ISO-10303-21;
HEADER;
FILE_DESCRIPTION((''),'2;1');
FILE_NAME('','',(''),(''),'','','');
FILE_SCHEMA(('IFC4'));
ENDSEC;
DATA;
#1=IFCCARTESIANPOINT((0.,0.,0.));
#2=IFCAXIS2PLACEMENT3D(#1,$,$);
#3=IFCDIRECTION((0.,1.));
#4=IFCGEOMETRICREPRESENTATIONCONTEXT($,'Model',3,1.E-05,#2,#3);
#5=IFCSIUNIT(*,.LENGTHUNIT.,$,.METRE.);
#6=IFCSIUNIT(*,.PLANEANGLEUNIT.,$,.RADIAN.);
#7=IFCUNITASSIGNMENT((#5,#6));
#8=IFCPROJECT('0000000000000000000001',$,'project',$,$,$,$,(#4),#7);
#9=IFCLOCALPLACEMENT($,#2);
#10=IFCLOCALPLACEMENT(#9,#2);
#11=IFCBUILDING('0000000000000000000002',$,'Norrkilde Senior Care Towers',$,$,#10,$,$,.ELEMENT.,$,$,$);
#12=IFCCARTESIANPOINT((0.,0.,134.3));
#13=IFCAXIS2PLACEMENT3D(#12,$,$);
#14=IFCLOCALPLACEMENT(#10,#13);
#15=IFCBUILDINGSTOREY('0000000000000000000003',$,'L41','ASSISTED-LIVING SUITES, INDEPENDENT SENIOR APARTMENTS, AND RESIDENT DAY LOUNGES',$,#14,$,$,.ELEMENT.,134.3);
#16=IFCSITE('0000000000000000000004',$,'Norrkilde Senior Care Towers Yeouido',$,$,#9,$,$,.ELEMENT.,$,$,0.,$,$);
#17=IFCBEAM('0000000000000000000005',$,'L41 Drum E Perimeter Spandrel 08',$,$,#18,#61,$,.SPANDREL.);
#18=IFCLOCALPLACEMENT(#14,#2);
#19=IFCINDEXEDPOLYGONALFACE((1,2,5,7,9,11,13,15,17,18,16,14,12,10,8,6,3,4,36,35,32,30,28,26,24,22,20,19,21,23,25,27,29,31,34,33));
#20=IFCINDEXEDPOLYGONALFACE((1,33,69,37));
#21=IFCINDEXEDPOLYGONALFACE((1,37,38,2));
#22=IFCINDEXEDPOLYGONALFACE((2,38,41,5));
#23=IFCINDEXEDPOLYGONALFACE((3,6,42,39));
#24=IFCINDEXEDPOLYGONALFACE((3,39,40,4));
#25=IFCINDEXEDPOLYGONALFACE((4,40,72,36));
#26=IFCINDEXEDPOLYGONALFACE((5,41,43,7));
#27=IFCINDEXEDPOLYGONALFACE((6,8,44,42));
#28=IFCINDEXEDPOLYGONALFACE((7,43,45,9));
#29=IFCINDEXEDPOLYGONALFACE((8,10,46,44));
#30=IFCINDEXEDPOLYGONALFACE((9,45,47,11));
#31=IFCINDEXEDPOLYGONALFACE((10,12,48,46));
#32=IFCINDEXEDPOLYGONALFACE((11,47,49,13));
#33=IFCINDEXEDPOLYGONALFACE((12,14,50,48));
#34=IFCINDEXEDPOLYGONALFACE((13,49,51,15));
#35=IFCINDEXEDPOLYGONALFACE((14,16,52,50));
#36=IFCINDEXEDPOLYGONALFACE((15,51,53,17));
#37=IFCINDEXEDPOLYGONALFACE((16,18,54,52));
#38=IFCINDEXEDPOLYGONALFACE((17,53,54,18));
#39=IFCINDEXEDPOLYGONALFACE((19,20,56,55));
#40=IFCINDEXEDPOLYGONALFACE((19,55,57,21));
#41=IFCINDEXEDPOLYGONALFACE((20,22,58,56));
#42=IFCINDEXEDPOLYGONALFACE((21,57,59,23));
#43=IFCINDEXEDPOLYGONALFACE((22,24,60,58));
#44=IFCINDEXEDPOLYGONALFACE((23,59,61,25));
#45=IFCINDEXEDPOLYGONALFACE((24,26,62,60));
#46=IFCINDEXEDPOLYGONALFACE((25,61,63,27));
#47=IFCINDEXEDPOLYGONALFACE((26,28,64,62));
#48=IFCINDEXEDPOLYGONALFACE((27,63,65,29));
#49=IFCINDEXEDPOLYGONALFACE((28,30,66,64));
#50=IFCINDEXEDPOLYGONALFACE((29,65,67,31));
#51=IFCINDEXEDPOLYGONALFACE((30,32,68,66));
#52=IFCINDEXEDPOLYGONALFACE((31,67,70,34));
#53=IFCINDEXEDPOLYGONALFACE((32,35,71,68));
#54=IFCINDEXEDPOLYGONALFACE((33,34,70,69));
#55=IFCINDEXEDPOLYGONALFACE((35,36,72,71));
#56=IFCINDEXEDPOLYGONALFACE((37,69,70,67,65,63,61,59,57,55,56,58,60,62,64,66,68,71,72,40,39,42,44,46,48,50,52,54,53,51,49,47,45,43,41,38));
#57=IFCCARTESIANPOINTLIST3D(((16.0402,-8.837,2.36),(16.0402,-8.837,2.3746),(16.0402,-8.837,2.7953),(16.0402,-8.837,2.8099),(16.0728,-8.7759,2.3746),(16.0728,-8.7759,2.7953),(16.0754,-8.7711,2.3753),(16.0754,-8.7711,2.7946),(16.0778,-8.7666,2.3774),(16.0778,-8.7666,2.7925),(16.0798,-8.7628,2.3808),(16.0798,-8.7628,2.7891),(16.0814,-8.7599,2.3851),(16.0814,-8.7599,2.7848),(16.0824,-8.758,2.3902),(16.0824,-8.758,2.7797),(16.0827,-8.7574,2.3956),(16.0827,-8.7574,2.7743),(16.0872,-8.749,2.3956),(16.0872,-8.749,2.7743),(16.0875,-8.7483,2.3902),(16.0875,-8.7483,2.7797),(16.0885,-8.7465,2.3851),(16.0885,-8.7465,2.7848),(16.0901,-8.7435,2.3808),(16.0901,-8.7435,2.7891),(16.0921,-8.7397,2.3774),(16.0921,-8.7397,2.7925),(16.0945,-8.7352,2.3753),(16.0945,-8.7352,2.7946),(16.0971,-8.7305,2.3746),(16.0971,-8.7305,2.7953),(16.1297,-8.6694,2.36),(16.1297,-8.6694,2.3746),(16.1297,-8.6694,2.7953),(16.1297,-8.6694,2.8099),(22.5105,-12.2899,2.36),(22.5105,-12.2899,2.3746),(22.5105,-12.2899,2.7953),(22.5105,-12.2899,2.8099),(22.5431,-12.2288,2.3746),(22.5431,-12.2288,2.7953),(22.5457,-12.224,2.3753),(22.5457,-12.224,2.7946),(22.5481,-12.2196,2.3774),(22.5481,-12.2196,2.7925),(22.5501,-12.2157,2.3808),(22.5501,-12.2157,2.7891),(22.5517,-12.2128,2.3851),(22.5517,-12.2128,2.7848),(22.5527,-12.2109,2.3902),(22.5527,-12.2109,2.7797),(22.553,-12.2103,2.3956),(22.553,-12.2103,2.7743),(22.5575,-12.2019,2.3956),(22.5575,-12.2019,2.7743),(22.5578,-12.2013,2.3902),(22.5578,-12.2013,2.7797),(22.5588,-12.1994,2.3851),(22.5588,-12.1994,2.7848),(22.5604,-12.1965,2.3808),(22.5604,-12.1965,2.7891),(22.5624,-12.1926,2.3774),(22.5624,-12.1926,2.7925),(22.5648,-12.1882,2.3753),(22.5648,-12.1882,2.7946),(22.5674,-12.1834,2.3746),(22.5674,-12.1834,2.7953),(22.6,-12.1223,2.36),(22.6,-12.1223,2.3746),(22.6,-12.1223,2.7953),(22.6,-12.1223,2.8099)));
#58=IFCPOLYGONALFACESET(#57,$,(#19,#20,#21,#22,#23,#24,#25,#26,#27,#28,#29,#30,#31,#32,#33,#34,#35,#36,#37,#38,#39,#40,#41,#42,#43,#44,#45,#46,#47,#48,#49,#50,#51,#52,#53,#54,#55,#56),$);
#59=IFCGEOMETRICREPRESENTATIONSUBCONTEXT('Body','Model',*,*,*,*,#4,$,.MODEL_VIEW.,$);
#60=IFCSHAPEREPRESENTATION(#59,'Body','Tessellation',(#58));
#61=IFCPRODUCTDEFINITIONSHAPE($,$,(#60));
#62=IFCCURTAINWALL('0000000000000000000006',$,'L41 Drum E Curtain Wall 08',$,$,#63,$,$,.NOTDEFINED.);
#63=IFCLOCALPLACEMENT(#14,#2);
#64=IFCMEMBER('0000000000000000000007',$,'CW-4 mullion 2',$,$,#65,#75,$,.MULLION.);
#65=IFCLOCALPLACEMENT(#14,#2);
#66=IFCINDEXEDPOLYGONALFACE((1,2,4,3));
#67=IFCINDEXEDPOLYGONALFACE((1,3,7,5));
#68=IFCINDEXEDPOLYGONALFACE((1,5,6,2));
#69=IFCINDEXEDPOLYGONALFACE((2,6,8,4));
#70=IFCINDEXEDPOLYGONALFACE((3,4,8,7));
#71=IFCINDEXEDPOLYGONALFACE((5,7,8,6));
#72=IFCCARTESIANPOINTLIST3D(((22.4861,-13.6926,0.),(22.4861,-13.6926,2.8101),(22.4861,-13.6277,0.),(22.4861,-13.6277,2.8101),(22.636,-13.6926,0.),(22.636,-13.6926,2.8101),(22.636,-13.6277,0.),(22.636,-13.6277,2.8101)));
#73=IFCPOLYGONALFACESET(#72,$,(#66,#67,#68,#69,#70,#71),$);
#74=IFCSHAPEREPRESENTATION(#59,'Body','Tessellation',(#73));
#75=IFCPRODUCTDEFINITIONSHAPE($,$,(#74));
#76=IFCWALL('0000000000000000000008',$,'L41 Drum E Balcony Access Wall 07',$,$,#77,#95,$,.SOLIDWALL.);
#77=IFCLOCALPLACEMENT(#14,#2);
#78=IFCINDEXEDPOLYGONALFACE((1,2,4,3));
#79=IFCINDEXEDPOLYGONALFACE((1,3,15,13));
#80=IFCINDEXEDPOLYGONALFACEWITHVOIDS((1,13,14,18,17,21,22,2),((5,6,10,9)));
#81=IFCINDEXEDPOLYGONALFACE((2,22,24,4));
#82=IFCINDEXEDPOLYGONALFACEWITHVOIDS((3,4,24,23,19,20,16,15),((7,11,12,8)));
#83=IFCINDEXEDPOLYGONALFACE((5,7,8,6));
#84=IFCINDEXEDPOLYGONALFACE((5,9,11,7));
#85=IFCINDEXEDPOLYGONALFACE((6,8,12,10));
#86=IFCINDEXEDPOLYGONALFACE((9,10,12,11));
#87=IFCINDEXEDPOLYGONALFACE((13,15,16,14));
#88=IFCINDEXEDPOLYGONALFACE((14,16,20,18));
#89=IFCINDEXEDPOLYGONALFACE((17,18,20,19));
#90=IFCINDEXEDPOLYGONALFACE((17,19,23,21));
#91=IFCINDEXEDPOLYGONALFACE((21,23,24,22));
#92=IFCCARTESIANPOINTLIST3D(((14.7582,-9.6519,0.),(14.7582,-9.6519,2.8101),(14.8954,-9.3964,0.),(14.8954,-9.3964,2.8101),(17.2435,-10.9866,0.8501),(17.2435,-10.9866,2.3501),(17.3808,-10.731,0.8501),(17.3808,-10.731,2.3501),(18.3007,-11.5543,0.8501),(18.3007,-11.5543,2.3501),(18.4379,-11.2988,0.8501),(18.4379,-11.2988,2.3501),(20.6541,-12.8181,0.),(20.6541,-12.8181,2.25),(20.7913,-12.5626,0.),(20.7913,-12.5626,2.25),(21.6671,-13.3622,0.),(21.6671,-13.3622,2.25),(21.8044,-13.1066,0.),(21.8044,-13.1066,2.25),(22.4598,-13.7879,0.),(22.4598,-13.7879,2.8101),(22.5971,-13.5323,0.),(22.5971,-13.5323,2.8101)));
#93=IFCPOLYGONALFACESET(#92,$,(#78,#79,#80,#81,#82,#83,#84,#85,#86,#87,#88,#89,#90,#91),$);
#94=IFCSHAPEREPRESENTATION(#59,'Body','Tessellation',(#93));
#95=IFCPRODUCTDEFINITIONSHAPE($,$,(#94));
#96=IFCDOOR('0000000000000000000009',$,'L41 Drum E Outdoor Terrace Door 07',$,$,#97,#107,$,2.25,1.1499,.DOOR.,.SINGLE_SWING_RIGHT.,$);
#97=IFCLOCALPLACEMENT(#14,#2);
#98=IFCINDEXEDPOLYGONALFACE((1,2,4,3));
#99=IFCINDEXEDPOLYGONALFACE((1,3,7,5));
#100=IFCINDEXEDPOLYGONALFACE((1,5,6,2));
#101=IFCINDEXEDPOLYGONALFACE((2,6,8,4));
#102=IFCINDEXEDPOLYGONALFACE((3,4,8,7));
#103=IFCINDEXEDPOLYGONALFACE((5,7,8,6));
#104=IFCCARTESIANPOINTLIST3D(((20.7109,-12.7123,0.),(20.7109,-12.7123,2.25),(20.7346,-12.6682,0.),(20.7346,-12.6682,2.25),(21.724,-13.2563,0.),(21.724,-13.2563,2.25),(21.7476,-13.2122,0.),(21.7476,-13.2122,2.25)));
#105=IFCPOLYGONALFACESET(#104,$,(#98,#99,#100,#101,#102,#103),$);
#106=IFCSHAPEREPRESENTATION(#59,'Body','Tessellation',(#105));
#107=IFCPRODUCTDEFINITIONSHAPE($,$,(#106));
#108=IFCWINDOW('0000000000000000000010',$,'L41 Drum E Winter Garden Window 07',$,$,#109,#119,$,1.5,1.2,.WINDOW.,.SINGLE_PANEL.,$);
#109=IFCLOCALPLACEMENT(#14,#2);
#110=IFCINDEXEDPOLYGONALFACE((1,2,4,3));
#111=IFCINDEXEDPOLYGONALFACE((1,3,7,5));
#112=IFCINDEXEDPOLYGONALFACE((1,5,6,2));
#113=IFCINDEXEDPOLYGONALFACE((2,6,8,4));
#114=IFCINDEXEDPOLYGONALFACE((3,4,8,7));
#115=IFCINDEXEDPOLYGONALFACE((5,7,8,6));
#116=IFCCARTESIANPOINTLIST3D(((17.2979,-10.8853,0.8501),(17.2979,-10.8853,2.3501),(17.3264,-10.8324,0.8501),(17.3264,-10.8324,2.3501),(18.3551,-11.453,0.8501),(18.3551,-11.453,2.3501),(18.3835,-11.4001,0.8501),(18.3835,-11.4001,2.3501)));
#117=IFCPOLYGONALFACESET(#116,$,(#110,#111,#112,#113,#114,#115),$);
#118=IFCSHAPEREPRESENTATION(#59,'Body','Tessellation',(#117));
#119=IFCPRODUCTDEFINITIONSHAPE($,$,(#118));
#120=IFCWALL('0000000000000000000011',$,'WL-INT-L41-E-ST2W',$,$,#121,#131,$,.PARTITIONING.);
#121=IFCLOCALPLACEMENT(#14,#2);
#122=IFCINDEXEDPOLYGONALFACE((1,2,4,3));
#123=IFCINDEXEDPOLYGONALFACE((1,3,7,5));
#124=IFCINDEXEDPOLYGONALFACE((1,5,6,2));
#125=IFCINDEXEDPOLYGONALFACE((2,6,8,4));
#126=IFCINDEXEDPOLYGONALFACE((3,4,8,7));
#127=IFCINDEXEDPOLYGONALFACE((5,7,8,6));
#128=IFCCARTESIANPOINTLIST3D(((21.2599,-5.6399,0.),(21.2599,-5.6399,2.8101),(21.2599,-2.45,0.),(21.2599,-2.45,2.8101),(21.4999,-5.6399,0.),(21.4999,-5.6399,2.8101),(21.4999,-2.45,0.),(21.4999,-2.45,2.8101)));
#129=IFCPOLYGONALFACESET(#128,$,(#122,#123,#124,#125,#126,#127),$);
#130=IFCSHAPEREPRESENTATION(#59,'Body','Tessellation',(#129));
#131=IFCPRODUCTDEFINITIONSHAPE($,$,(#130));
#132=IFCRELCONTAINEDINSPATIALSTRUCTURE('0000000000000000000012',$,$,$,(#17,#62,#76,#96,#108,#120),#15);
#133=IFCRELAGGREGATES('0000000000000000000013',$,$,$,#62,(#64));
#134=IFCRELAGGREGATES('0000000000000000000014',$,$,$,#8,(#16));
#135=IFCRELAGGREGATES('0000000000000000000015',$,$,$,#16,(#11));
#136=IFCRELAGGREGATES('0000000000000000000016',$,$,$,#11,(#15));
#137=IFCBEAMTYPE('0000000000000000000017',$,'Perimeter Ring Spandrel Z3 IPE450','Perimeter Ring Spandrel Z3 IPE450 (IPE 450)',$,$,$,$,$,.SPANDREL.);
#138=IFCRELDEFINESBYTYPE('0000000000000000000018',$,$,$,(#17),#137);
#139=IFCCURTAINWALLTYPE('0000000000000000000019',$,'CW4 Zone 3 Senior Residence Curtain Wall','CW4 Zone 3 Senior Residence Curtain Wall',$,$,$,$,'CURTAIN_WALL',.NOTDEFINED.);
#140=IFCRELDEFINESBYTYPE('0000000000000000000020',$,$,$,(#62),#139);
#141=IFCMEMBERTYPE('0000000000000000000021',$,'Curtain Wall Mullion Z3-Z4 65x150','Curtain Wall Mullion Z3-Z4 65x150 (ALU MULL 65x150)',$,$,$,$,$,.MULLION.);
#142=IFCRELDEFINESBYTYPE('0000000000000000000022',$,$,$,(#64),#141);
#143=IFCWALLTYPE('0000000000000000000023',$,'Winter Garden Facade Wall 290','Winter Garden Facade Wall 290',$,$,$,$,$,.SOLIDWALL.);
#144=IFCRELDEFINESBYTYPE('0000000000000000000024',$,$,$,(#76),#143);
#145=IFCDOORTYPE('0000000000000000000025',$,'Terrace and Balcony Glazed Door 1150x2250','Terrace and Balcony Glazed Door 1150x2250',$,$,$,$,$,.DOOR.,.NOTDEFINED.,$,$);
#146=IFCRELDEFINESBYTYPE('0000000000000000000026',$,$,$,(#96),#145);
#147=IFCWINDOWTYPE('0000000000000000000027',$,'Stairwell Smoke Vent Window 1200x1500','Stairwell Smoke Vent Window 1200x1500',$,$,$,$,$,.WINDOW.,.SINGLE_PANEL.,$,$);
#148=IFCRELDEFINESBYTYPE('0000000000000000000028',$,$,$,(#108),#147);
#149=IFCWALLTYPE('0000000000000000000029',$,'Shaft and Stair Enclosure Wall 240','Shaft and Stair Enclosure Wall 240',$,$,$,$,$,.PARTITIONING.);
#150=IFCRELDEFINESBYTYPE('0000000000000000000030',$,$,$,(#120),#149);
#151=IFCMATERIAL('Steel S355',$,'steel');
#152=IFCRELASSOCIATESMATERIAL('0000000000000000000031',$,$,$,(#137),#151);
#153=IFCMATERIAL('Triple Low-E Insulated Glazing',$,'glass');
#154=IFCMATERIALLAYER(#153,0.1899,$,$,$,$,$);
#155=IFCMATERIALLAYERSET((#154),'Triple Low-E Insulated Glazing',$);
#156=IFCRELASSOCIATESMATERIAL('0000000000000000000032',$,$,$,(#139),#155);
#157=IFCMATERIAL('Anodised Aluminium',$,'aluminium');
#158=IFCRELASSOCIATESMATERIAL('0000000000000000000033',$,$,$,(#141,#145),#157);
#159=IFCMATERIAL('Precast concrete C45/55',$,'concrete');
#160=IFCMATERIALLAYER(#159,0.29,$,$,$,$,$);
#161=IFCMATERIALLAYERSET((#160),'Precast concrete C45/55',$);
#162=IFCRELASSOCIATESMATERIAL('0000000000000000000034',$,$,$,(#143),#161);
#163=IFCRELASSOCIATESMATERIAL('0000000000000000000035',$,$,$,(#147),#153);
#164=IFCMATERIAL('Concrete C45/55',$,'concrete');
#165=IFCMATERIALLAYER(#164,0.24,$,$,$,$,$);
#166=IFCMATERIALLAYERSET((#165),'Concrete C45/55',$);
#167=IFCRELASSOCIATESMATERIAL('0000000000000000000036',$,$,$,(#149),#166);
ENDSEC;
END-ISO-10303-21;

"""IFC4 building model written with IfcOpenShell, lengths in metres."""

from ifc_helpers import new_model, si_unit, direction, frame, frame_2d, origin, origin_2d, place, context, subcontext, project, spatial, rectangle, i_section, extrude, source, transform, mapped, material, layer, layer_set, material_profile, profile_set, type_object, type_shapes, element, fill, aggregate, save


model = new_model("IFC4")

# Units and contexts
model_context = context("Model", 3, precision=1e-05, world=origin(), true_north=direction((0.0, 1.0)))
body_context = subcontext(model_context, "Body", "Model", "MODEL_VIEW")
ifc_project = project(units=[si_unit("LENGTHUNIT", "METRE"), si_unit("PLANEANGLEUNIT", "RADIAN")], contexts=[model_context])

# Site, building, storey
site_placement = place(None, origin())
site = spatial("IfcSite", under=ifc_project, at=site_placement, Name="Norrkilde Senior Care Towers Yeouido", CompositionType="ELEMENT", RefElevation=0.0)
building_placement = place(site_placement, origin())
building = spatial("IfcBuilding", under=site, at=building_placement, Name="Norrkilde Senior Care Towers", CompositionType="ELEMENT")
storey_placement = place(building_placement, frame((0.0, 0.0, 134.3)))
storey = spatial("IfcBuildingStorey", under=building, at=storey_placement, Name="L41", Description="ASSISTED-LIVING SUITES, INDEPENDENT SENIOR APARTMENTS, AND RESIDENT DAY LOUNGES", CompositionType="ELEMENT", Elevation=134.3)

# Beam
ifc_material_1 = material(Name="Steel S355", Category="steel")
ifc_material_profile_1 = material_profile(ifc_material_1, i_section(OverallWidth=0.1899, OverallDepth=0.45, WebThickness=0.0095, FlangeThickness=0.0146, FilletRadius=0.021, at=origin_2d()), Name="IPE 450")
ifc_profile_set_1 = profile_set([ifc_material_profile_1], Name="Steel S355")
beam_type_1 = type_object("IfcBeamType", Name="Perimeter Ring Spandrel Z3 IPE450", Description="Perimeter Ring Spandrel Z3 IPE450 (IPE 450)", PredefinedType="SPANDREL", material=ifc_profile_set_1)
shared_shape_1 = source(origin(), body_context, "Body", "SweptSolid", [
    extrude(i_section(OverallWidth=0.1899, OverallDepth=0.45, WebThickness=0.0095, FlangeThickness=0.0146, FilletRadius=0.021, at=origin_2d()), origin(), (0.0, 0.0, 1.0), 7.334),
])
beam_1_placement = place(storey_placement, frame((16.085, -8.7532, 2.585), z_axis=(0.882234, -0.470811, 0.0), x_axis=(0.470811, 0.882234, 0.0)))
element("IfcBeam", 1, at=beam_1_placement, inside=storey, type_object=beam_type_1, Name="L41 Drum E Perimeter Spandrel 08", PredefinedType="SPANDREL", context=body_context, shape_type="MappedRepresentation", body=[
    mapped(shared_shape_1, transform((0.0, 0.0, 0.0), x_axis=(1.0, 0.0, 0.0), y_axis=(0.0, 1.0, 0.0), z_axis=(0.0, 0.0, 1.0), scale=1.0)),
])

# Curtain wall, member
ifc_material_2 = material(Name="Triple Low-E Insulated Glazing", Category="glass")
ifc_layer_1 = layer(ifc_material_2, 0.1899)
ifc_layer_set_1 = layer_set([ifc_layer_1], Name="Triple Low-E Insulated Glazing")
curtain_wall_type = type_object("IfcCurtainWallType", Name="CW4 Zone 3 Senior Residence Curtain Wall", Description="CW4 Zone 3 Senior Residence Curtain Wall", ElementType="CURTAIN_WALL", PredefinedType="NOTDEFINED", material=ifc_layer_set_1)
curtain_wall_placement = place(storey_placement, origin())
curtain_wall = element("IfcCurtainWall", 2, at=curtain_wall_placement, inside=storey, type_object=curtain_wall_type, Name="L41 Drum E Curtain Wall 08", PredefinedType="NOTDEFINED")
ifc_material_3 = material(Name="Anodised Aluminium", Category="aluminium")
ifc_material_profile_2 = material_profile(ifc_material_3, rectangle(XDim=0.0649, YDim=0.1499, at=origin_2d()), Name="ALU MULL 65x150")
ifc_profile_set_2 = profile_set([ifc_material_profile_2], Name="Anodised Aluminium")
member_type = type_object("IfcMemberType", Name="Curtain Wall Mullion Z3-Z4 65x150", Description="Curtain Wall Mullion Z3-Z4 65x150 (ALU MULL 65x150)", PredefinedType="MULLION", material=ifc_profile_set_2)
shared_shape_2 = source(origin(), body_context, "Body", "SweptSolid", [
    extrude(rectangle(XDim=0.0649, YDim=0.1499, at=origin_2d()), origin(), (0.0, 0.0, 1.0), 2.8101),
])
type_shapes(member_type, [shared_shape_2])
member_placement = place(storey_placement, frame((22.561, -13.6602, 0.0), z_axis=(0.0, 0.0, 1.0), x_axis=(0.0, -1.0, 0.0)))
member = element("IfcMember", 3, at=member_placement, type_object=member_type, Name="CW-4 mullion 2", PredefinedType="MULLION", context=body_context, shape_type="MappedRepresentation", body=[
    mapped(shared_shape_2, transform((0.0, 0.0, 0.0), x_axis=(1.0, 0.0, 0.0), y_axis=(0.0, 1.0, 0.0), z_axis=(0.0, 0.0, 1.0), scale=1.0)),
])
aggregate(curtain_wall, [member])

# Wall, openings, door, window
ifc_material_4 = material(Name="Precast concrete C45/55", Category="concrete")
ifc_layer_2 = layer(ifc_material_4, 0.29)
ifc_layer_set_2 = layer_set([ifc_layer_2], Name="Precast concrete C45/55")
wall_type_1 = type_object("IfcWallType", Name="Winter Garden Facade Wall 290", Description="Winter Garden Facade Wall 290", PredefinedType="SOLIDWALL", material=ifc_layer_set_2)
shared_shape_3 = source(origin(), body_context, "Body", "SweptSolid", [
    extrude(rectangle(XDim=8.7419, YDim=0.29, at=frame_2d((4.3711, 0.0))), origin(), (0.0, 0.0, 1.0), 2.8101),
])
type_shapes(wall_type_1, [shared_shape_3])
wall_1_placement = place(storey_placement, frame((22.5286, -13.6602, 0.0), z_axis=(0.0, 0.0, 1.0), x_axis=(-0.880999, 0.473119, 0.0)))
wall_1 = element("IfcWall", 4, at=wall_1_placement, inside=storey, type_object=wall_type_1, Name="L41 Drum E Balcony Access Wall 07", PredefinedType="SOLIDWALL", context=body_context, shape_type="MappedRepresentation", body=[
    mapped(shared_shape_3, transform((0.0, 0.0, 0.0), x_axis=(1.0, 0.0, 0.0), y_axis=(0.0, 1.0, 0.0), z_axis=(0.0, 0.0, 1.0), scale=1.0)),
])
opening_1_placement = place(wall_1_placement, frame((0.8999, 0.0, 0.0)))
opening_1 = element("IfcOpeningElement", 5, at=opening_1_placement, cuts=wall_1, PredefinedType="OPENING", context=body_context, shape_type="SweptSolid", body=[
    extrude(rectangle(XDim=1.1499, YDim=2.25, at=frame_2d((0.575, 1.125))), frame((0.0, 0.155, 0.0), z_axis=(0.0, -1.0, 0.0), x_axis=(1.0, 0.0, 0.0)), (0.0, 0.0, 1.0), 0.3101),
])
opening_2_placement = place(wall_1_placement, frame((4.7209, 0.0, 0.8501)))
opening_2 = element("IfcOpeningElement", 6, at=opening_2_placement, cuts=wall_1, PredefinedType="OPENING", context=body_context, shape_type="SweptSolid", body=[
    extrude(rectangle(XDim=1.2, YDim=1.5, at=frame_2d((0.6001, 0.75))), frame((0.0, 0.155, 0.0), z_axis=(0.0, -1.0, 0.0), x_axis=(1.0, 0.0, 0.0)), (0.0, 0.0, 1.0), 0.3101),
])
door_type_1 = type_object("IfcDoorType", Name="Terrace and Balcony Glazed Door 1150x2250", Description="Terrace and Balcony Glazed Door 1150x2250", OperationType="NOTDEFINED", PredefinedType="DOOR", material=ifc_material_3)
shared_shape_4 = source(origin(), body_context, "Body", "SweptSolid", [
    extrude(rectangle(XDim=1.1499, YDim=2.25, at=frame_2d((0.575, 1.125))), frame((0.0, 0.0249, 0.0), z_axis=(0.0, -1.0, 0.0), x_axis=(1.0, 0.0, 0.0)), (0.0, 0.0, 1.0), 0.05),
])
type_shapes(door_type_1, [shared_shape_4])
door_1_placement = place(opening_1_placement, origin())
door_1 = element("IfcDoor", 7, at=door_1_placement, inside=storey, type_object=door_type_1, Name="L41 Drum E Outdoor Terrace Door 07", OperationType="SINGLE_SWING_RIGHT", OverallHeight=2.25, OverallWidth=1.1499, PredefinedType="DOOR", context=body_context, shape_type="MappedRepresentation", body=[
    mapped(shared_shape_4, transform((0.0, 0.0, 0.0), x_axis=(1.0, 0.0, 0.0), y_axis=(0.0, 1.0, 0.0), z_axis=(0.0, 0.0, 1.0), scale=1.0)),
])
fill(opening_1, door_1)
window_type = type_object("IfcWindowType", Name="Stairwell Smoke Vent Window 1200x1500", Description="Stairwell Smoke Vent Window 1200x1500", PartitioningType="SINGLE_PANEL", PredefinedType="WINDOW", material=ifc_material_2)
shared_shape_5 = source(origin(), body_context, "Body", "SweptSolid", [
    extrude(rectangle(XDim=1.2, YDim=1.5, at=frame_2d((0.6001, 0.75))), frame((0.0, 0.03, 0.0), z_axis=(0.0, -1.0, 0.0), x_axis=(1.0, 0.0, 0.0)), (0.0, 0.0, 1.0), 0.0601),
])
type_shapes(window_type, [shared_shape_5])
window_placement = place(opening_2_placement, origin())
window = element("IfcWindow", 8, at=window_placement, inside=storey, type_object=window_type, Name="L41 Drum E Winter Garden Window 07", OverallHeight=1.5, OverallWidth=1.2, PartitioningType="SINGLE_PANEL", PredefinedType="WINDOW", context=body_context, shape_type="MappedRepresentation", body=[
    mapped(shared_shape_5, transform((0.0, 0.0, 0.0), x_axis=(1.0, 0.0, 0.0), y_axis=(0.0, 1.0, 0.0), z_axis=(0.0, 0.0, 1.0), scale=1.0)),
])
fill(opening_2, window)

# Wall
ifc_material_5 = material(Name="Concrete C45/55", Category="concrete")
ifc_layer_3 = layer(ifc_material_5, 0.24)
ifc_layer_set_3 = layer_set([ifc_layer_3], Name="Concrete C45/55")
wall_type_2 = type_object("IfcWallType", Name="Shaft and Stair Enclosure Wall 240", Description="Shaft and Stair Enclosure Wall 240", PredefinedType="PARTITIONING", material=ifc_layer_set_3)
shared_shape_6 = source(origin(), body_context, "Body", "SweptSolid", [
    extrude(rectangle(XDim=3.1899, YDim=0.24, at=frame_2d((1.595, 0.0))), origin(), (0.0, 0.0, 1.0), 2.8101),
])
type_shapes(wall_type_2, [shared_shape_6])
wall_2_placement = place(storey_placement, frame((21.3799, -5.6399, 0.0), z_axis=(0.0, 0.0, 1.0), x_axis=(0.0, 1.0, 0.0)))
element("IfcWall", 9, at=wall_2_placement, inside=storey, type_object=wall_type_2, Name="WL-INT-L41-E-ST2W", PredefinedType="PARTITIONING", context=body_context, shape_type="MappedRepresentation", body=[
    mapped(shared_shape_6, transform((0.0, 0.0, 0.0), x_axis=(1.0, 0.0, 0.0), y_axis=(0.0, 1.0, 0.0), z_axis=(0.0, 0.0, 1.0), scale=1.0)),
])

save(model, "model.ifc")
